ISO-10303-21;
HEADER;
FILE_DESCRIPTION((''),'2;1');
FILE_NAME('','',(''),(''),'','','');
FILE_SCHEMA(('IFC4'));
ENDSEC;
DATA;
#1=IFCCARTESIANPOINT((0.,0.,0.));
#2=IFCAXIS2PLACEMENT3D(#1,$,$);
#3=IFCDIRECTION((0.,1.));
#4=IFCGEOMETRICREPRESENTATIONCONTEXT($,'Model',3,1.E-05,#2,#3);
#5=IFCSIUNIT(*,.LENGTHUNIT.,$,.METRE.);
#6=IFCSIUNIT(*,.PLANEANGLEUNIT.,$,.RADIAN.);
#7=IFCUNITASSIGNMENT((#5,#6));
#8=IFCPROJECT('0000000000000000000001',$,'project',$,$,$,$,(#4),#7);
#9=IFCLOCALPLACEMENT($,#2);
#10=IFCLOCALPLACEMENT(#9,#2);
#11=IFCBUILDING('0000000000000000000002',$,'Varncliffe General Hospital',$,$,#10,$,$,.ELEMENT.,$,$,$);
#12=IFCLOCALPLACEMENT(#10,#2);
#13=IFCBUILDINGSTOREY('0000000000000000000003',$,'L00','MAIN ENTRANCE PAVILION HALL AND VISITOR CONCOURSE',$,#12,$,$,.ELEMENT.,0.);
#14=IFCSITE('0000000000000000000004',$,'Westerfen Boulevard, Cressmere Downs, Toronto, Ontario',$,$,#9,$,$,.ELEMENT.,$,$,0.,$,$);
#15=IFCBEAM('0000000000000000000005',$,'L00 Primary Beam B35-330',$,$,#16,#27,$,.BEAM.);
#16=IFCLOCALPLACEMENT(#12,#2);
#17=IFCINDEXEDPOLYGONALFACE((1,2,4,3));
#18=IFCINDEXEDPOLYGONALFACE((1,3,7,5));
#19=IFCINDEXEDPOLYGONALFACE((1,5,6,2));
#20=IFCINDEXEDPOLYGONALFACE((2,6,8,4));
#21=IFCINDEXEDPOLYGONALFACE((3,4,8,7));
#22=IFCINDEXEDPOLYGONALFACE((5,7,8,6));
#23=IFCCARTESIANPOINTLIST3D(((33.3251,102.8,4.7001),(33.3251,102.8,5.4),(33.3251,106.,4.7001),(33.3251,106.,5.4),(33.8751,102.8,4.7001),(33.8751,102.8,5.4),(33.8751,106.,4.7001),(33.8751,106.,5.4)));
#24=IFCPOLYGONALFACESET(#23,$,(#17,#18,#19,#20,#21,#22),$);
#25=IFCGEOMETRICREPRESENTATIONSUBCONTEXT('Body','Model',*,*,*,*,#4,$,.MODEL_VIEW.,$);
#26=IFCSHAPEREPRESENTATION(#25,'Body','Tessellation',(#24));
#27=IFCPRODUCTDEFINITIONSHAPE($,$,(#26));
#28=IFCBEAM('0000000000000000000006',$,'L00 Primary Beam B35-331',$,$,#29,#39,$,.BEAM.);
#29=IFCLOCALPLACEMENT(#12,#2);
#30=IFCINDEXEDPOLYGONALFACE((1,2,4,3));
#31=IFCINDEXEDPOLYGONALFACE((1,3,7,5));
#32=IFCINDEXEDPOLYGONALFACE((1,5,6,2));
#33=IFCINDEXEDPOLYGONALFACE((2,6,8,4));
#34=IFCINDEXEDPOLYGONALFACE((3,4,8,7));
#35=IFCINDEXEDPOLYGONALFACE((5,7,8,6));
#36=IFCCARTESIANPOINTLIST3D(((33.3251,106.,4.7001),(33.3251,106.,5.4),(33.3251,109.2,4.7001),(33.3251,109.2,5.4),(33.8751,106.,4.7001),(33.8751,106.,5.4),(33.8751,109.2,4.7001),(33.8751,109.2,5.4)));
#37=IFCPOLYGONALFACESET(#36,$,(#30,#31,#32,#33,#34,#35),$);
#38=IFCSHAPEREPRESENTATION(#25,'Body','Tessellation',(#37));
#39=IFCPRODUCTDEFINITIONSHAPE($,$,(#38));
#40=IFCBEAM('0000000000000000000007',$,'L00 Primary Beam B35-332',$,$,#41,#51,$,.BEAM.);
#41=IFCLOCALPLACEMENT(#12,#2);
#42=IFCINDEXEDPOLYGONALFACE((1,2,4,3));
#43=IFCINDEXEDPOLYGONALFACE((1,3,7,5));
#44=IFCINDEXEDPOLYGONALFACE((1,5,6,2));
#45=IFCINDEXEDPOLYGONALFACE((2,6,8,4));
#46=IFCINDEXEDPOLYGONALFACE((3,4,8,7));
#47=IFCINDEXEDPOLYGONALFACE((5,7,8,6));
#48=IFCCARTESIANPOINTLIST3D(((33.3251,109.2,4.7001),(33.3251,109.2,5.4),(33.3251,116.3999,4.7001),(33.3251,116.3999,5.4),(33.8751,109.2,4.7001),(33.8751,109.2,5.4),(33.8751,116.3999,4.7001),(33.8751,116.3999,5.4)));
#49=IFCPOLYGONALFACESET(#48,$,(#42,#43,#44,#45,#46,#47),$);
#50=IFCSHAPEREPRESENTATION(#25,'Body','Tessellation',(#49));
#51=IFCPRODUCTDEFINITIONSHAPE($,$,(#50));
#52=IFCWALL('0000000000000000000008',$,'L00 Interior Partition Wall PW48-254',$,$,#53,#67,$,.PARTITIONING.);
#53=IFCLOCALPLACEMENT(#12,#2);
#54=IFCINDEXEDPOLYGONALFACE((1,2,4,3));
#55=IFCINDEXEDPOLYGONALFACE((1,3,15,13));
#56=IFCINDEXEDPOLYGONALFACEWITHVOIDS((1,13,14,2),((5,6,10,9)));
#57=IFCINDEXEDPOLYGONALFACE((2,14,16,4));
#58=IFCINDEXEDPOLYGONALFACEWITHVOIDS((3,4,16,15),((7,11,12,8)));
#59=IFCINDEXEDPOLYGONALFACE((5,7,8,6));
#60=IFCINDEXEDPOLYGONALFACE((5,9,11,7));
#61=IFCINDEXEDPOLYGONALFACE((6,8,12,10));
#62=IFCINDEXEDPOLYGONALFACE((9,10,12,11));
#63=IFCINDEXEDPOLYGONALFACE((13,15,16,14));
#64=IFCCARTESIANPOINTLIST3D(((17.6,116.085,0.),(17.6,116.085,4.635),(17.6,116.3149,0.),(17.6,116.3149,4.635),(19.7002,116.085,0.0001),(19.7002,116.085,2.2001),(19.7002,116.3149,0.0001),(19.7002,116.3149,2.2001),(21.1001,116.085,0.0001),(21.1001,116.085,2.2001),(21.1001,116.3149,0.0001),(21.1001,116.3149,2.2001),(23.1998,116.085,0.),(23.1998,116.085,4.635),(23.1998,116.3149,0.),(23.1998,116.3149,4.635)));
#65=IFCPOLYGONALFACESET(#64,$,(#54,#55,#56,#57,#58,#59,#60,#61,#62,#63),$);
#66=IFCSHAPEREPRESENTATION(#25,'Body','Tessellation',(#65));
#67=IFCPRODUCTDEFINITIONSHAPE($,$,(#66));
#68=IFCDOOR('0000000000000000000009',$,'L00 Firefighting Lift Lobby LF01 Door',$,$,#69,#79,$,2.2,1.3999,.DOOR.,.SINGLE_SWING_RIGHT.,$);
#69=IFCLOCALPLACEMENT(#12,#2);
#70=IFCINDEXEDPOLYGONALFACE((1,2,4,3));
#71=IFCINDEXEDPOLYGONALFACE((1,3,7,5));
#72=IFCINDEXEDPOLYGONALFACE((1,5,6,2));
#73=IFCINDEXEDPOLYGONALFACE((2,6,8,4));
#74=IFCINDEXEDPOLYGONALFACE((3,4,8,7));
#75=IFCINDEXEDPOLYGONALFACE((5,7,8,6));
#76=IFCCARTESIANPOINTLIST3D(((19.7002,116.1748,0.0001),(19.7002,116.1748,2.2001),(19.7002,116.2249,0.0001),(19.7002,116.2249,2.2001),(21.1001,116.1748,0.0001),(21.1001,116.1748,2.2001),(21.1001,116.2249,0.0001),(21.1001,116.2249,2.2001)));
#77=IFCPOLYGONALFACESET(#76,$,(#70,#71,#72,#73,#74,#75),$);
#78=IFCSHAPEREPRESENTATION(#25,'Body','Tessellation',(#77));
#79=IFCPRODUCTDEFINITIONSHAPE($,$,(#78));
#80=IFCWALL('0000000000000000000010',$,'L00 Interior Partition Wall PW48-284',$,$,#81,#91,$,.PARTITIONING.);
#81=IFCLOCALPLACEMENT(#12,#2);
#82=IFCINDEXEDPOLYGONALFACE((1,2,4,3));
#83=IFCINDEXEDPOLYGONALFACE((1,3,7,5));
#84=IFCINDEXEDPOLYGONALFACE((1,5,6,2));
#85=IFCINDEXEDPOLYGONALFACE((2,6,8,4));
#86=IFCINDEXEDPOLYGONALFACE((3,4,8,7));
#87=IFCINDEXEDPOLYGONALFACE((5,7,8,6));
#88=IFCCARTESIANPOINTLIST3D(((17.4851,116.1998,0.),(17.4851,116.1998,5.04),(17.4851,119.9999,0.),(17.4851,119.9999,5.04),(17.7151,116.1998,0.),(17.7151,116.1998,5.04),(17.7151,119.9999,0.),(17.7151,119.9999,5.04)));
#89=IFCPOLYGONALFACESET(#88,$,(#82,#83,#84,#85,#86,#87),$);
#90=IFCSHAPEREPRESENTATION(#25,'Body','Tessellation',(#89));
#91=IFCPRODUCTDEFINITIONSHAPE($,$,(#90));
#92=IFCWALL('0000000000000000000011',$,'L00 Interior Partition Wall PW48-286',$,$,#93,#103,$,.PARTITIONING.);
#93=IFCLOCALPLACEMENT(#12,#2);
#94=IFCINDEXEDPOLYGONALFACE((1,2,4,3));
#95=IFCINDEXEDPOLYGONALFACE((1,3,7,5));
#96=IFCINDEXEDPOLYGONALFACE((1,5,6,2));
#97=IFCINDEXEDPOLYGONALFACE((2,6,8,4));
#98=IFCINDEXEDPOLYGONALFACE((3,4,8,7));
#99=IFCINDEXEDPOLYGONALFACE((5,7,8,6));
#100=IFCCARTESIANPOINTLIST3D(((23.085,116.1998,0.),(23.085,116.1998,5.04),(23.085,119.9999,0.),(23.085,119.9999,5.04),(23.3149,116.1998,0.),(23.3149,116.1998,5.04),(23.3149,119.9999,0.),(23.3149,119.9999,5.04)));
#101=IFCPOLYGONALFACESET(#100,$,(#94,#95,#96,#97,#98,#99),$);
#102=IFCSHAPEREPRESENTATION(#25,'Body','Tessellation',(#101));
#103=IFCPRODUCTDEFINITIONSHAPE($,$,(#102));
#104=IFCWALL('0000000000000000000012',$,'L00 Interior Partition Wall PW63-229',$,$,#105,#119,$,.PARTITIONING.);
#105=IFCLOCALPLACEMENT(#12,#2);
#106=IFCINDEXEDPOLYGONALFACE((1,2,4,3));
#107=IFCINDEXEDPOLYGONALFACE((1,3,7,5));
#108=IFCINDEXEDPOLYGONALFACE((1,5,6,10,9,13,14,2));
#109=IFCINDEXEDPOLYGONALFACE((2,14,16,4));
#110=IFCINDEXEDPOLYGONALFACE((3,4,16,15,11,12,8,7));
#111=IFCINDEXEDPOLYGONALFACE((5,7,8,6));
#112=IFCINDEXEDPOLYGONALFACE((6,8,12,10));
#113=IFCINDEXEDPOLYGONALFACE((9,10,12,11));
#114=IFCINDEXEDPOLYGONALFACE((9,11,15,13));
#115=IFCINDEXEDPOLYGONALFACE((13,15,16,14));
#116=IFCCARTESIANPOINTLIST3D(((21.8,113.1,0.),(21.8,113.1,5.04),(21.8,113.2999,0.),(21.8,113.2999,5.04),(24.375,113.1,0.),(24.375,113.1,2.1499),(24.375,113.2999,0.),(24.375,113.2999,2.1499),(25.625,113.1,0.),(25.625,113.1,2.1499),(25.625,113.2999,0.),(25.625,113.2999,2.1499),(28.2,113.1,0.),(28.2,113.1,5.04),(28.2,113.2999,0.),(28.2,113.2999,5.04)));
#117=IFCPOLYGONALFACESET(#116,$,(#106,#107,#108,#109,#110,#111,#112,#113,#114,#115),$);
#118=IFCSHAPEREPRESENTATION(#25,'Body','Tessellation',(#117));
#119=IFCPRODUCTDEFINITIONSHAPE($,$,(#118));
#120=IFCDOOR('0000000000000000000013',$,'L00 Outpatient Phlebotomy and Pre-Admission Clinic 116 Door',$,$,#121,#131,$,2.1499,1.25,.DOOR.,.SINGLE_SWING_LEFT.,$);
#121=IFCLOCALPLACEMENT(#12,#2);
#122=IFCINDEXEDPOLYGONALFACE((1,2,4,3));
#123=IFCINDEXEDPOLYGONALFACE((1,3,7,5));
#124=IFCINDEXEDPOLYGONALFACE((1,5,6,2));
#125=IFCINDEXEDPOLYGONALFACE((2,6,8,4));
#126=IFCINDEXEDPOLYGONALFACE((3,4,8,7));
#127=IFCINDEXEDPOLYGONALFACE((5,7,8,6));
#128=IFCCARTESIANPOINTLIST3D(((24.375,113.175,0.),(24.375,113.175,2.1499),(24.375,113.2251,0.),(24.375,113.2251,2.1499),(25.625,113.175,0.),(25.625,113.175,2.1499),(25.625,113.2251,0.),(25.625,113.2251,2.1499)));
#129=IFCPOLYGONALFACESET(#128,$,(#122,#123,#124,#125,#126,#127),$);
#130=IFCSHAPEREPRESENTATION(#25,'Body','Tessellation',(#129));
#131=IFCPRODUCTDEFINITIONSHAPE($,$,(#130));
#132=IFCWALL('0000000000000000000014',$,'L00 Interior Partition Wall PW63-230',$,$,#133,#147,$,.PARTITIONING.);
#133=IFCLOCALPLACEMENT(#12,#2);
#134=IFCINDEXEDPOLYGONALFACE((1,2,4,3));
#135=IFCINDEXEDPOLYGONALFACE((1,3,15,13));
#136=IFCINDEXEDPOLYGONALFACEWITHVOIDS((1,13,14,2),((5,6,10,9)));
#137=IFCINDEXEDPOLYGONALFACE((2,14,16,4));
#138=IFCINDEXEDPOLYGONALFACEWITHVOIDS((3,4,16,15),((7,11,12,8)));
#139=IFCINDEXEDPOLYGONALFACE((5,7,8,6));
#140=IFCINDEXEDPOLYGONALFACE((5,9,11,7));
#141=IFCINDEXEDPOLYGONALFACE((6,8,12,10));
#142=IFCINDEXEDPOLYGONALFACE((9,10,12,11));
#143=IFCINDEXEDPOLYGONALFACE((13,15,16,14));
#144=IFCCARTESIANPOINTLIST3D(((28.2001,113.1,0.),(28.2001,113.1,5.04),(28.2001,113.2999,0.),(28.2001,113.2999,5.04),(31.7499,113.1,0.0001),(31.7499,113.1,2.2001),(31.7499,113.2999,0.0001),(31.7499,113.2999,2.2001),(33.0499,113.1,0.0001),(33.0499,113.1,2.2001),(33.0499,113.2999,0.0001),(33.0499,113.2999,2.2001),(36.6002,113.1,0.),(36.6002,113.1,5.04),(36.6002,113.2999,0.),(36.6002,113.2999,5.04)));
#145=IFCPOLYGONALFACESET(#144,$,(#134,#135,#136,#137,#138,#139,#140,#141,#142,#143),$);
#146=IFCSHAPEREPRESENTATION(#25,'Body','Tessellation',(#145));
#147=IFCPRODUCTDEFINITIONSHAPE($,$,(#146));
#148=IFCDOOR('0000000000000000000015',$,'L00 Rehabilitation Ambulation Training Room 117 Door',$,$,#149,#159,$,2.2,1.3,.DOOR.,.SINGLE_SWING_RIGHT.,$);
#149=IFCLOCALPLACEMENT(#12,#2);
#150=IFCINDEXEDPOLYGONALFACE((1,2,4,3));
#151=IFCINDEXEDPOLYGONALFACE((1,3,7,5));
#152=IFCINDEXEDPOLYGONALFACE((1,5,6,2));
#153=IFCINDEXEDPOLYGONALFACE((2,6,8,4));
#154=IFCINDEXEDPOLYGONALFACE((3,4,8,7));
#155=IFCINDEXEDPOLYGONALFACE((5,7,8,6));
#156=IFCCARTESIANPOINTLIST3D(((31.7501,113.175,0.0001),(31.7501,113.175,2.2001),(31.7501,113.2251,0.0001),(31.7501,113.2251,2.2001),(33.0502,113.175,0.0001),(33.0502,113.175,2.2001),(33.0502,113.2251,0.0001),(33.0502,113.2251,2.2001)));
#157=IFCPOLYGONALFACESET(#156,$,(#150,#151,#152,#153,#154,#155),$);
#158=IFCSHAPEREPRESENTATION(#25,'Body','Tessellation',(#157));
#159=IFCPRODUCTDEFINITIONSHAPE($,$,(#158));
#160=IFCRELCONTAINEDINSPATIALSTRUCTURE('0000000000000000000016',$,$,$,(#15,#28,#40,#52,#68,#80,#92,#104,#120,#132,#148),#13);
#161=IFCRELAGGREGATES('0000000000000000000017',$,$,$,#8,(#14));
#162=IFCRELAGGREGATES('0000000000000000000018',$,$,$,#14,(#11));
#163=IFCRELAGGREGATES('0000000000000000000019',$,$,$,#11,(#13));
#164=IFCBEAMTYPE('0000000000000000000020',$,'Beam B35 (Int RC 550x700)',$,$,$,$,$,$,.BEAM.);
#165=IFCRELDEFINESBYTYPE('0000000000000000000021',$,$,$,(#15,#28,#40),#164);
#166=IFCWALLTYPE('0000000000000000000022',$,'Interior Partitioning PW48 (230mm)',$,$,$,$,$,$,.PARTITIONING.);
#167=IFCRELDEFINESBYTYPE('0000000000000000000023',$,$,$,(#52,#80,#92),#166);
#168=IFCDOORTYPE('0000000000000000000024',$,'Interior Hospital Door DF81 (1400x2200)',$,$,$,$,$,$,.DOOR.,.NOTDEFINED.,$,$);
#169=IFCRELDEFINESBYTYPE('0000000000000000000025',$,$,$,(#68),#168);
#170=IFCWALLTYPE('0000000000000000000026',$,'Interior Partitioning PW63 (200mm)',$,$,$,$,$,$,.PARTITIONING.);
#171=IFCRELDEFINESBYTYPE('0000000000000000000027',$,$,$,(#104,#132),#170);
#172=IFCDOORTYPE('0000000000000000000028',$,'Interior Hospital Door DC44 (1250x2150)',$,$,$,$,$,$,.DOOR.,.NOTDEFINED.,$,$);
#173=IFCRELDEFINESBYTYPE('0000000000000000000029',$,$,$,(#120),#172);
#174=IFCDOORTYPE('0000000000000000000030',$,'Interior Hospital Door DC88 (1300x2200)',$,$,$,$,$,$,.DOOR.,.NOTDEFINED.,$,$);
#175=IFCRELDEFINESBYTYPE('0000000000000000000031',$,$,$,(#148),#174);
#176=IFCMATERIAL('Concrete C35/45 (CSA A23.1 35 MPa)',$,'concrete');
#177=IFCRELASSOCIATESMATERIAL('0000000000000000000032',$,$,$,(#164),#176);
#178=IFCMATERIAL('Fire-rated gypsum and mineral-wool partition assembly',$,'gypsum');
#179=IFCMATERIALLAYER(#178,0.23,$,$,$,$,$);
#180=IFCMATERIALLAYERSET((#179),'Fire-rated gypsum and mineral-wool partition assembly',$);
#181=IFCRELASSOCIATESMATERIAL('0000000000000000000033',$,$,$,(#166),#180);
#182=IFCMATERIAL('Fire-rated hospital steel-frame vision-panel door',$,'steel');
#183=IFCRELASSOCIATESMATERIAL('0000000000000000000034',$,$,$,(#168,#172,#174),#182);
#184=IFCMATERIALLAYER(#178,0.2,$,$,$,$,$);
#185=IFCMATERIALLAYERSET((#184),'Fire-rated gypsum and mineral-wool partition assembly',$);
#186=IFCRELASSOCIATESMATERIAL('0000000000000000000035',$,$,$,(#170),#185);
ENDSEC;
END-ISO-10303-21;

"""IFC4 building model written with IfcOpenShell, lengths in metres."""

from ifc_helpers import new_model, si_unit, direction, frame, frame_2d, origin, origin_2d, place, context, subcontext, project, spatial, rectangle, extrude, material, layer, layer_set, material_profile, profile_set, type_object, element, fill, save


model = new_model("IFC4")

# Units and contexts
model_context = context("Model", 3, precision=1e-05, world=origin(), true_north=direction((0.0, 1.0)))
body_context = subcontext(model_context, "Body", "Model", "MODEL_VIEW")
ifc_project = project(units=[si_unit("LENGTHUNIT", "METRE"), si_unit("PLANEANGLEUNIT", "RADIAN")], contexts=[model_context])

# Site, building, storey
site_placement = place(None, origin())
site = spatial("IfcSite", under=ifc_project, at=site_placement, Name="Westerfen Boulevard, Cressmere Downs, Toronto, Ontario", CompositionType="ELEMENT", RefElevation=0.0)
building_placement = place(site_placement, origin())
building = spatial("IfcBuilding", under=site, at=building_placement, Name="Varncliffe General Hospital", CompositionType="ELEMENT")
storey_placement = place(building_placement, origin())
storey = spatial("IfcBuildingStorey", under=building, at=storey_placement, Name="L00", Description="MAIN ENTRANCE PAVILION HALL AND VISITOR CONCOURSE", CompositionType="ELEMENT", Elevation=0.0)

# Beams
ifc_material_1 = material(Name="Concrete C35/45 (CSA A23.1 35 MPa)", Category="concrete")
ifc_material_profile_1 = material_profile(ifc_material_1, rectangle(XDim=0.55, YDim=0.7, at=origin_2d()), Name="RC 550x700")
ifc_profile_set_1 = profile_set([ifc_material_profile_1], Name="Concrete C35/45 (CSA A23.1 35 MPa)")
beam_type_1 = type_object("IfcBeamType", Name="Beam B35 (Int RC 550x700)", PredefinedType="BEAM", material=ifc_profile_set_1)
for number, where, z_axis, x_axis, name in (
    (1, (33.6001, 102.8, 5.05), (0.0, 1.0, 0.0), (-1.0, 0.0, 0.0), "L00 Primary Beam B35-330"),
    (2, (33.6001, 106.0, 5.05), (0.0, 1.0, 0.0), (-1.0, 0.0, 0.0), "L00 Primary Beam B35-331"),
):
    element("IfcBeam", number, at=place(storey_placement, frame(where, z_axis=z_axis, x_axis=x_axis)), inside=storey, type_object=beam_type_1, Name=name, PredefinedType="BEAM", context=body_context, shape_type="SweptSolid", body=[
        extrude(rectangle(XDim=0.55, YDim=0.7, at=origin_2d()), origin(), (0.0, 0.0, 1.0), 3.2),
    ])
beam_1_placement = place(storey_placement, frame((33.6001, 109.2, 5.05), z_axis=(0.0, 1.0, 0.0), x_axis=(-1.0, 0.0, 0.0)))
element("IfcBeam", 3, at=beam_1_placement, inside=storey, type_object=beam_type_1, Name="L00 Primary Beam B35-332", PredefinedType="BEAM", context=body_context, shape_type="SweptSolid", body=[
    extrude(rectangle(XDim=0.55, YDim=0.7, at=origin_2d()), origin(), (0.0, 0.0, 1.0), 7.2),
])

# Wall, opening, door
ifc_material_2 = material(Name="Fire-rated gypsum and mineral-wool partition assembly", Category="gypsum")
ifc_layer_1 = layer(ifc_material_2, 0.23)
ifc_layer_set_1 = layer_set([ifc_layer_1], Name="Fire-rated gypsum and mineral-wool partition assembly")
wall_type_1 = type_object("IfcWallType", Name="Interior Partitioning PW48 (230mm)", PredefinedType="PARTITIONING", material=ifc_layer_set_1)
wall_1_placement = place(storey_placement, frame((17.6001, 116.2, 0.0), z_axis=(0.0, 0.0, 1.0), x_axis=(1.0, 0.0, 0.0)))
wall_1 = element("IfcWall", 4, at=wall_1_placement, inside=storey, type_object=wall_type_1, Name="L00 Interior Partition Wall PW48-254", PredefinedType="PARTITIONING", context=body_context, shape_type="SweptSolid", body=[
    extrude(rectangle(XDim=5.5999, YDim=0.23, at=frame_2d((2.7998, 0.0))), origin(), (0.0, 0.0, 1.0), 4.635),
])
opening_1_placement = place(wall_1_placement, frame((2.1001, 0.0, 0.0)))
opening_1 = element("IfcOpeningElement", 5, at=opening_1_placement, cuts=wall_1, PredefinedType="OPENING", context=body_context, shape_type="SweptSolid", body=[
    extrude(rectangle(XDim=1.3999, YDim=2.2, at=frame_2d((0.7, 1.1001))), frame((0.0, 0.125, 0.0), z_axis=(0.0, -1.0, 0.0), x_axis=(1.0, 0.0, 0.0)), (0.0, 0.0, 1.0), 0.25),
])
ifc_material_3 = material(Name="Fire-rated hospital steel-frame vision-panel door", Category="steel")
door_type_1 = type_object("IfcDoorType", Name="Interior Hospital Door DF81 (1400x2200)", OperationType="NOTDEFINED", PredefinedType="DOOR", material=ifc_material_3)
door_1_placement = place(opening_1_placement, origin())
door_1 = element("IfcDoor", 6, at=door_1_placement, inside=storey, type_object=door_type_1, Name="L00 Firefighting Lift Lobby LF01 Door", OperationType="SINGLE_SWING_RIGHT", OverallHeight=2.2, OverallWidth=1.3999, PredefinedType="DOOR", context=body_context, shape_type="SweptSolid", body=[
    extrude(rectangle(XDim=1.3999, YDim=2.2, at=frame_2d((0.7, 1.1001))), frame((0.0, 0.0249, 0.0), z_axis=(0.0, -1.0, 0.0), x_axis=(1.0, 0.0, 0.0)), (0.0, 0.0, 1.0), 0.05),
])
fill(opening_1, door_1)

# Walls
for number, where, z_axis, x_axis, name in (
    (7, (17.6001, 116.2, 0.0), (0.0, 0.0, 1.0), (0.0, 1.0, 0.0), "L00 Interior Partition Wall PW48-284"),
    (8, (23.2, 116.2, 0.0), (0.0, 0.0, 1.0), (0.0, 1.0, 0.0), "L00 Interior Partition Wall PW48-286"),
):
    element("IfcWall", number, at=place(storey_placement, frame(where, z_axis=z_axis, x_axis=x_axis)), inside=storey, type_object=wall_type_1, Name=name, PredefinedType="PARTITIONING", context=body_context, shape_type="SweptSolid", body=[
        extrude(rectangle(XDim=3.8, YDim=0.23, at=frame_2d((1.8999, 0.0))), origin(), (0.0, 0.0, 1.0), 5.04),
    ])

# Walls, openings, doors
ifc_layer_2 = layer(ifc_material_2, 0.2)
ifc_layer_set_2 = layer_set([ifc_layer_2], Name="Fire-rated gypsum and mineral-wool partition assembly")
wall_type_2 = type_object("IfcWallType", Name="Interior Partitioning PW63 (200mm)", PredefinedType="PARTITIONING", material=ifc_layer_set_2)
wall_2_placement = place(storey_placement, frame((21.8, 113.2, 0.0), z_axis=(0.0, 0.0, 1.0), x_axis=(1.0, 0.0, 0.0)))
wall_2 = element("IfcWall", 9, at=wall_2_placement, inside=storey, type_object=wall_type_2, Name="L00 Interior Partition Wall PW63-229", PredefinedType="PARTITIONING", context=body_context, shape_type="SweptSolid", body=[
    extrude(rectangle(XDim=6.3999, YDim=0.2, at=frame_2d((3.2, 0.0))), origin(), (0.0, 0.0, 1.0), 5.04),
])
opening_2_placement = place(wall_2_placement, frame((2.575, 0.0, 0.0)))
opening_2 = element("IfcOpeningElement", 10, at=opening_2_placement, cuts=wall_2, PredefinedType="OPENING", context=body_context, shape_type="SweptSolid", body=[
    extrude(rectangle(XDim=1.25, YDim=2.1499, at=frame_2d((0.625, 1.075))), frame((0.0, 0.1099, 0.0), z_axis=(0.0, -1.0, 0.0), x_axis=(1.0, 0.0, 0.0)), (0.0, 0.0, 1.0), 0.22),
])
door_type_2 = type_object("IfcDoorType", Name="Interior Hospital Door DC44 (1250x2150)", OperationType="NOTDEFINED", PredefinedType="DOOR", material=ifc_material_3)
door_2_placement = place(opening_2_placement, frame((1.25, 0.0, 0.0), z_axis=(0.0, 0.0, 1.0), x_axis=(-1.0, 0.0, 0.0)))
door_2 = element("IfcDoor", 11, at=door_2_placement, inside=storey, type_object=door_type_2, Name="L00 Outpatient Phlebotomy and Pre-Admission Clinic 116 Door", OperationType="SINGLE_SWING_LEFT", OverallHeight=2.1499, OverallWidth=1.25, PredefinedType="DOOR", context=body_context, shape_type="SweptSolid", body=[
    extrude(rectangle(XDim=1.25, YDim=2.1499, at=frame_2d((0.625, 1.075))), frame((0.0, 0.0249, 0.0), z_axis=(0.0, -1.0, 0.0), x_axis=(1.0, 0.0, 0.0)), (0.0, 0.0, 1.0), 0.05),
])
fill(opening_2, door_2)
wall_3_placement = place(storey_placement, frame((28.2, 113.2, 0.0), z_axis=(0.0, 0.0, 1.0), x_axis=(1.0, 0.0, 0.0)))
wall_3 = element("IfcWall", 12, at=wall_3_placement, inside=storey, type_object=wall_type_2, Name="L00 Interior Partition Wall PW63-230", PredefinedType="PARTITIONING", context=body_context, shape_type="SweptSolid", body=[
    extrude(rectangle(XDim=8.4001, YDim=0.2, at=frame_2d((4.2002, 0.0))), origin(), (0.0, 0.0, 1.0), 5.04),
])
opening_3_placement = place(wall_3_placement, frame((3.55, 0.0, 0.0)))
opening_3 = element("IfcOpeningElement", 13, at=opening_3_placement, cuts=wall_3, PredefinedType="OPENING", context=body_context, shape_type="SweptSolid", body=[
    extrude(rectangle(XDim=1.3, YDim=2.2, at=frame_2d((0.6499, 1.1001))), frame((0.0, 0.1099, 0.0), z_axis=(0.0, -1.0, 0.0), x_axis=(1.0, 0.0, 0.0)), (0.0, 0.0, 1.0), 0.22),
])
door_type_3 = type_object("IfcDoorType", Name="Interior Hospital Door DC88 (1300x2200)", OperationType="NOTDEFINED", PredefinedType="DOOR", material=ifc_material_3)
door_3_placement = place(opening_3_placement, frame((1.3, 0.0, 0.0), z_axis=(0.0, 0.0, 1.0), x_axis=(-1.0, 0.0, 0.0)))
door_3 = element("IfcDoor", 14, at=door_3_placement, inside=storey, type_object=door_type_3, Name="L00 Rehabilitation Ambulation Training Room 117 Door", OperationType="SINGLE_SWING_RIGHT", OverallHeight=2.2, OverallWidth=1.3, PredefinedType="DOOR", context=body_context, shape_type="SweptSolid", body=[
    extrude(rectangle(XDim=1.3, YDim=2.2, at=frame_2d((0.6499, 1.1001))), frame((0.0, 0.0249, 0.0), z_axis=(0.0, -1.0, 0.0), x_axis=(1.0, 0.0, 0.0)), (0.0, 0.0, 1.0), 0.05),
])
fill(opening_3, door_3)

save(model, "model.ifc")
